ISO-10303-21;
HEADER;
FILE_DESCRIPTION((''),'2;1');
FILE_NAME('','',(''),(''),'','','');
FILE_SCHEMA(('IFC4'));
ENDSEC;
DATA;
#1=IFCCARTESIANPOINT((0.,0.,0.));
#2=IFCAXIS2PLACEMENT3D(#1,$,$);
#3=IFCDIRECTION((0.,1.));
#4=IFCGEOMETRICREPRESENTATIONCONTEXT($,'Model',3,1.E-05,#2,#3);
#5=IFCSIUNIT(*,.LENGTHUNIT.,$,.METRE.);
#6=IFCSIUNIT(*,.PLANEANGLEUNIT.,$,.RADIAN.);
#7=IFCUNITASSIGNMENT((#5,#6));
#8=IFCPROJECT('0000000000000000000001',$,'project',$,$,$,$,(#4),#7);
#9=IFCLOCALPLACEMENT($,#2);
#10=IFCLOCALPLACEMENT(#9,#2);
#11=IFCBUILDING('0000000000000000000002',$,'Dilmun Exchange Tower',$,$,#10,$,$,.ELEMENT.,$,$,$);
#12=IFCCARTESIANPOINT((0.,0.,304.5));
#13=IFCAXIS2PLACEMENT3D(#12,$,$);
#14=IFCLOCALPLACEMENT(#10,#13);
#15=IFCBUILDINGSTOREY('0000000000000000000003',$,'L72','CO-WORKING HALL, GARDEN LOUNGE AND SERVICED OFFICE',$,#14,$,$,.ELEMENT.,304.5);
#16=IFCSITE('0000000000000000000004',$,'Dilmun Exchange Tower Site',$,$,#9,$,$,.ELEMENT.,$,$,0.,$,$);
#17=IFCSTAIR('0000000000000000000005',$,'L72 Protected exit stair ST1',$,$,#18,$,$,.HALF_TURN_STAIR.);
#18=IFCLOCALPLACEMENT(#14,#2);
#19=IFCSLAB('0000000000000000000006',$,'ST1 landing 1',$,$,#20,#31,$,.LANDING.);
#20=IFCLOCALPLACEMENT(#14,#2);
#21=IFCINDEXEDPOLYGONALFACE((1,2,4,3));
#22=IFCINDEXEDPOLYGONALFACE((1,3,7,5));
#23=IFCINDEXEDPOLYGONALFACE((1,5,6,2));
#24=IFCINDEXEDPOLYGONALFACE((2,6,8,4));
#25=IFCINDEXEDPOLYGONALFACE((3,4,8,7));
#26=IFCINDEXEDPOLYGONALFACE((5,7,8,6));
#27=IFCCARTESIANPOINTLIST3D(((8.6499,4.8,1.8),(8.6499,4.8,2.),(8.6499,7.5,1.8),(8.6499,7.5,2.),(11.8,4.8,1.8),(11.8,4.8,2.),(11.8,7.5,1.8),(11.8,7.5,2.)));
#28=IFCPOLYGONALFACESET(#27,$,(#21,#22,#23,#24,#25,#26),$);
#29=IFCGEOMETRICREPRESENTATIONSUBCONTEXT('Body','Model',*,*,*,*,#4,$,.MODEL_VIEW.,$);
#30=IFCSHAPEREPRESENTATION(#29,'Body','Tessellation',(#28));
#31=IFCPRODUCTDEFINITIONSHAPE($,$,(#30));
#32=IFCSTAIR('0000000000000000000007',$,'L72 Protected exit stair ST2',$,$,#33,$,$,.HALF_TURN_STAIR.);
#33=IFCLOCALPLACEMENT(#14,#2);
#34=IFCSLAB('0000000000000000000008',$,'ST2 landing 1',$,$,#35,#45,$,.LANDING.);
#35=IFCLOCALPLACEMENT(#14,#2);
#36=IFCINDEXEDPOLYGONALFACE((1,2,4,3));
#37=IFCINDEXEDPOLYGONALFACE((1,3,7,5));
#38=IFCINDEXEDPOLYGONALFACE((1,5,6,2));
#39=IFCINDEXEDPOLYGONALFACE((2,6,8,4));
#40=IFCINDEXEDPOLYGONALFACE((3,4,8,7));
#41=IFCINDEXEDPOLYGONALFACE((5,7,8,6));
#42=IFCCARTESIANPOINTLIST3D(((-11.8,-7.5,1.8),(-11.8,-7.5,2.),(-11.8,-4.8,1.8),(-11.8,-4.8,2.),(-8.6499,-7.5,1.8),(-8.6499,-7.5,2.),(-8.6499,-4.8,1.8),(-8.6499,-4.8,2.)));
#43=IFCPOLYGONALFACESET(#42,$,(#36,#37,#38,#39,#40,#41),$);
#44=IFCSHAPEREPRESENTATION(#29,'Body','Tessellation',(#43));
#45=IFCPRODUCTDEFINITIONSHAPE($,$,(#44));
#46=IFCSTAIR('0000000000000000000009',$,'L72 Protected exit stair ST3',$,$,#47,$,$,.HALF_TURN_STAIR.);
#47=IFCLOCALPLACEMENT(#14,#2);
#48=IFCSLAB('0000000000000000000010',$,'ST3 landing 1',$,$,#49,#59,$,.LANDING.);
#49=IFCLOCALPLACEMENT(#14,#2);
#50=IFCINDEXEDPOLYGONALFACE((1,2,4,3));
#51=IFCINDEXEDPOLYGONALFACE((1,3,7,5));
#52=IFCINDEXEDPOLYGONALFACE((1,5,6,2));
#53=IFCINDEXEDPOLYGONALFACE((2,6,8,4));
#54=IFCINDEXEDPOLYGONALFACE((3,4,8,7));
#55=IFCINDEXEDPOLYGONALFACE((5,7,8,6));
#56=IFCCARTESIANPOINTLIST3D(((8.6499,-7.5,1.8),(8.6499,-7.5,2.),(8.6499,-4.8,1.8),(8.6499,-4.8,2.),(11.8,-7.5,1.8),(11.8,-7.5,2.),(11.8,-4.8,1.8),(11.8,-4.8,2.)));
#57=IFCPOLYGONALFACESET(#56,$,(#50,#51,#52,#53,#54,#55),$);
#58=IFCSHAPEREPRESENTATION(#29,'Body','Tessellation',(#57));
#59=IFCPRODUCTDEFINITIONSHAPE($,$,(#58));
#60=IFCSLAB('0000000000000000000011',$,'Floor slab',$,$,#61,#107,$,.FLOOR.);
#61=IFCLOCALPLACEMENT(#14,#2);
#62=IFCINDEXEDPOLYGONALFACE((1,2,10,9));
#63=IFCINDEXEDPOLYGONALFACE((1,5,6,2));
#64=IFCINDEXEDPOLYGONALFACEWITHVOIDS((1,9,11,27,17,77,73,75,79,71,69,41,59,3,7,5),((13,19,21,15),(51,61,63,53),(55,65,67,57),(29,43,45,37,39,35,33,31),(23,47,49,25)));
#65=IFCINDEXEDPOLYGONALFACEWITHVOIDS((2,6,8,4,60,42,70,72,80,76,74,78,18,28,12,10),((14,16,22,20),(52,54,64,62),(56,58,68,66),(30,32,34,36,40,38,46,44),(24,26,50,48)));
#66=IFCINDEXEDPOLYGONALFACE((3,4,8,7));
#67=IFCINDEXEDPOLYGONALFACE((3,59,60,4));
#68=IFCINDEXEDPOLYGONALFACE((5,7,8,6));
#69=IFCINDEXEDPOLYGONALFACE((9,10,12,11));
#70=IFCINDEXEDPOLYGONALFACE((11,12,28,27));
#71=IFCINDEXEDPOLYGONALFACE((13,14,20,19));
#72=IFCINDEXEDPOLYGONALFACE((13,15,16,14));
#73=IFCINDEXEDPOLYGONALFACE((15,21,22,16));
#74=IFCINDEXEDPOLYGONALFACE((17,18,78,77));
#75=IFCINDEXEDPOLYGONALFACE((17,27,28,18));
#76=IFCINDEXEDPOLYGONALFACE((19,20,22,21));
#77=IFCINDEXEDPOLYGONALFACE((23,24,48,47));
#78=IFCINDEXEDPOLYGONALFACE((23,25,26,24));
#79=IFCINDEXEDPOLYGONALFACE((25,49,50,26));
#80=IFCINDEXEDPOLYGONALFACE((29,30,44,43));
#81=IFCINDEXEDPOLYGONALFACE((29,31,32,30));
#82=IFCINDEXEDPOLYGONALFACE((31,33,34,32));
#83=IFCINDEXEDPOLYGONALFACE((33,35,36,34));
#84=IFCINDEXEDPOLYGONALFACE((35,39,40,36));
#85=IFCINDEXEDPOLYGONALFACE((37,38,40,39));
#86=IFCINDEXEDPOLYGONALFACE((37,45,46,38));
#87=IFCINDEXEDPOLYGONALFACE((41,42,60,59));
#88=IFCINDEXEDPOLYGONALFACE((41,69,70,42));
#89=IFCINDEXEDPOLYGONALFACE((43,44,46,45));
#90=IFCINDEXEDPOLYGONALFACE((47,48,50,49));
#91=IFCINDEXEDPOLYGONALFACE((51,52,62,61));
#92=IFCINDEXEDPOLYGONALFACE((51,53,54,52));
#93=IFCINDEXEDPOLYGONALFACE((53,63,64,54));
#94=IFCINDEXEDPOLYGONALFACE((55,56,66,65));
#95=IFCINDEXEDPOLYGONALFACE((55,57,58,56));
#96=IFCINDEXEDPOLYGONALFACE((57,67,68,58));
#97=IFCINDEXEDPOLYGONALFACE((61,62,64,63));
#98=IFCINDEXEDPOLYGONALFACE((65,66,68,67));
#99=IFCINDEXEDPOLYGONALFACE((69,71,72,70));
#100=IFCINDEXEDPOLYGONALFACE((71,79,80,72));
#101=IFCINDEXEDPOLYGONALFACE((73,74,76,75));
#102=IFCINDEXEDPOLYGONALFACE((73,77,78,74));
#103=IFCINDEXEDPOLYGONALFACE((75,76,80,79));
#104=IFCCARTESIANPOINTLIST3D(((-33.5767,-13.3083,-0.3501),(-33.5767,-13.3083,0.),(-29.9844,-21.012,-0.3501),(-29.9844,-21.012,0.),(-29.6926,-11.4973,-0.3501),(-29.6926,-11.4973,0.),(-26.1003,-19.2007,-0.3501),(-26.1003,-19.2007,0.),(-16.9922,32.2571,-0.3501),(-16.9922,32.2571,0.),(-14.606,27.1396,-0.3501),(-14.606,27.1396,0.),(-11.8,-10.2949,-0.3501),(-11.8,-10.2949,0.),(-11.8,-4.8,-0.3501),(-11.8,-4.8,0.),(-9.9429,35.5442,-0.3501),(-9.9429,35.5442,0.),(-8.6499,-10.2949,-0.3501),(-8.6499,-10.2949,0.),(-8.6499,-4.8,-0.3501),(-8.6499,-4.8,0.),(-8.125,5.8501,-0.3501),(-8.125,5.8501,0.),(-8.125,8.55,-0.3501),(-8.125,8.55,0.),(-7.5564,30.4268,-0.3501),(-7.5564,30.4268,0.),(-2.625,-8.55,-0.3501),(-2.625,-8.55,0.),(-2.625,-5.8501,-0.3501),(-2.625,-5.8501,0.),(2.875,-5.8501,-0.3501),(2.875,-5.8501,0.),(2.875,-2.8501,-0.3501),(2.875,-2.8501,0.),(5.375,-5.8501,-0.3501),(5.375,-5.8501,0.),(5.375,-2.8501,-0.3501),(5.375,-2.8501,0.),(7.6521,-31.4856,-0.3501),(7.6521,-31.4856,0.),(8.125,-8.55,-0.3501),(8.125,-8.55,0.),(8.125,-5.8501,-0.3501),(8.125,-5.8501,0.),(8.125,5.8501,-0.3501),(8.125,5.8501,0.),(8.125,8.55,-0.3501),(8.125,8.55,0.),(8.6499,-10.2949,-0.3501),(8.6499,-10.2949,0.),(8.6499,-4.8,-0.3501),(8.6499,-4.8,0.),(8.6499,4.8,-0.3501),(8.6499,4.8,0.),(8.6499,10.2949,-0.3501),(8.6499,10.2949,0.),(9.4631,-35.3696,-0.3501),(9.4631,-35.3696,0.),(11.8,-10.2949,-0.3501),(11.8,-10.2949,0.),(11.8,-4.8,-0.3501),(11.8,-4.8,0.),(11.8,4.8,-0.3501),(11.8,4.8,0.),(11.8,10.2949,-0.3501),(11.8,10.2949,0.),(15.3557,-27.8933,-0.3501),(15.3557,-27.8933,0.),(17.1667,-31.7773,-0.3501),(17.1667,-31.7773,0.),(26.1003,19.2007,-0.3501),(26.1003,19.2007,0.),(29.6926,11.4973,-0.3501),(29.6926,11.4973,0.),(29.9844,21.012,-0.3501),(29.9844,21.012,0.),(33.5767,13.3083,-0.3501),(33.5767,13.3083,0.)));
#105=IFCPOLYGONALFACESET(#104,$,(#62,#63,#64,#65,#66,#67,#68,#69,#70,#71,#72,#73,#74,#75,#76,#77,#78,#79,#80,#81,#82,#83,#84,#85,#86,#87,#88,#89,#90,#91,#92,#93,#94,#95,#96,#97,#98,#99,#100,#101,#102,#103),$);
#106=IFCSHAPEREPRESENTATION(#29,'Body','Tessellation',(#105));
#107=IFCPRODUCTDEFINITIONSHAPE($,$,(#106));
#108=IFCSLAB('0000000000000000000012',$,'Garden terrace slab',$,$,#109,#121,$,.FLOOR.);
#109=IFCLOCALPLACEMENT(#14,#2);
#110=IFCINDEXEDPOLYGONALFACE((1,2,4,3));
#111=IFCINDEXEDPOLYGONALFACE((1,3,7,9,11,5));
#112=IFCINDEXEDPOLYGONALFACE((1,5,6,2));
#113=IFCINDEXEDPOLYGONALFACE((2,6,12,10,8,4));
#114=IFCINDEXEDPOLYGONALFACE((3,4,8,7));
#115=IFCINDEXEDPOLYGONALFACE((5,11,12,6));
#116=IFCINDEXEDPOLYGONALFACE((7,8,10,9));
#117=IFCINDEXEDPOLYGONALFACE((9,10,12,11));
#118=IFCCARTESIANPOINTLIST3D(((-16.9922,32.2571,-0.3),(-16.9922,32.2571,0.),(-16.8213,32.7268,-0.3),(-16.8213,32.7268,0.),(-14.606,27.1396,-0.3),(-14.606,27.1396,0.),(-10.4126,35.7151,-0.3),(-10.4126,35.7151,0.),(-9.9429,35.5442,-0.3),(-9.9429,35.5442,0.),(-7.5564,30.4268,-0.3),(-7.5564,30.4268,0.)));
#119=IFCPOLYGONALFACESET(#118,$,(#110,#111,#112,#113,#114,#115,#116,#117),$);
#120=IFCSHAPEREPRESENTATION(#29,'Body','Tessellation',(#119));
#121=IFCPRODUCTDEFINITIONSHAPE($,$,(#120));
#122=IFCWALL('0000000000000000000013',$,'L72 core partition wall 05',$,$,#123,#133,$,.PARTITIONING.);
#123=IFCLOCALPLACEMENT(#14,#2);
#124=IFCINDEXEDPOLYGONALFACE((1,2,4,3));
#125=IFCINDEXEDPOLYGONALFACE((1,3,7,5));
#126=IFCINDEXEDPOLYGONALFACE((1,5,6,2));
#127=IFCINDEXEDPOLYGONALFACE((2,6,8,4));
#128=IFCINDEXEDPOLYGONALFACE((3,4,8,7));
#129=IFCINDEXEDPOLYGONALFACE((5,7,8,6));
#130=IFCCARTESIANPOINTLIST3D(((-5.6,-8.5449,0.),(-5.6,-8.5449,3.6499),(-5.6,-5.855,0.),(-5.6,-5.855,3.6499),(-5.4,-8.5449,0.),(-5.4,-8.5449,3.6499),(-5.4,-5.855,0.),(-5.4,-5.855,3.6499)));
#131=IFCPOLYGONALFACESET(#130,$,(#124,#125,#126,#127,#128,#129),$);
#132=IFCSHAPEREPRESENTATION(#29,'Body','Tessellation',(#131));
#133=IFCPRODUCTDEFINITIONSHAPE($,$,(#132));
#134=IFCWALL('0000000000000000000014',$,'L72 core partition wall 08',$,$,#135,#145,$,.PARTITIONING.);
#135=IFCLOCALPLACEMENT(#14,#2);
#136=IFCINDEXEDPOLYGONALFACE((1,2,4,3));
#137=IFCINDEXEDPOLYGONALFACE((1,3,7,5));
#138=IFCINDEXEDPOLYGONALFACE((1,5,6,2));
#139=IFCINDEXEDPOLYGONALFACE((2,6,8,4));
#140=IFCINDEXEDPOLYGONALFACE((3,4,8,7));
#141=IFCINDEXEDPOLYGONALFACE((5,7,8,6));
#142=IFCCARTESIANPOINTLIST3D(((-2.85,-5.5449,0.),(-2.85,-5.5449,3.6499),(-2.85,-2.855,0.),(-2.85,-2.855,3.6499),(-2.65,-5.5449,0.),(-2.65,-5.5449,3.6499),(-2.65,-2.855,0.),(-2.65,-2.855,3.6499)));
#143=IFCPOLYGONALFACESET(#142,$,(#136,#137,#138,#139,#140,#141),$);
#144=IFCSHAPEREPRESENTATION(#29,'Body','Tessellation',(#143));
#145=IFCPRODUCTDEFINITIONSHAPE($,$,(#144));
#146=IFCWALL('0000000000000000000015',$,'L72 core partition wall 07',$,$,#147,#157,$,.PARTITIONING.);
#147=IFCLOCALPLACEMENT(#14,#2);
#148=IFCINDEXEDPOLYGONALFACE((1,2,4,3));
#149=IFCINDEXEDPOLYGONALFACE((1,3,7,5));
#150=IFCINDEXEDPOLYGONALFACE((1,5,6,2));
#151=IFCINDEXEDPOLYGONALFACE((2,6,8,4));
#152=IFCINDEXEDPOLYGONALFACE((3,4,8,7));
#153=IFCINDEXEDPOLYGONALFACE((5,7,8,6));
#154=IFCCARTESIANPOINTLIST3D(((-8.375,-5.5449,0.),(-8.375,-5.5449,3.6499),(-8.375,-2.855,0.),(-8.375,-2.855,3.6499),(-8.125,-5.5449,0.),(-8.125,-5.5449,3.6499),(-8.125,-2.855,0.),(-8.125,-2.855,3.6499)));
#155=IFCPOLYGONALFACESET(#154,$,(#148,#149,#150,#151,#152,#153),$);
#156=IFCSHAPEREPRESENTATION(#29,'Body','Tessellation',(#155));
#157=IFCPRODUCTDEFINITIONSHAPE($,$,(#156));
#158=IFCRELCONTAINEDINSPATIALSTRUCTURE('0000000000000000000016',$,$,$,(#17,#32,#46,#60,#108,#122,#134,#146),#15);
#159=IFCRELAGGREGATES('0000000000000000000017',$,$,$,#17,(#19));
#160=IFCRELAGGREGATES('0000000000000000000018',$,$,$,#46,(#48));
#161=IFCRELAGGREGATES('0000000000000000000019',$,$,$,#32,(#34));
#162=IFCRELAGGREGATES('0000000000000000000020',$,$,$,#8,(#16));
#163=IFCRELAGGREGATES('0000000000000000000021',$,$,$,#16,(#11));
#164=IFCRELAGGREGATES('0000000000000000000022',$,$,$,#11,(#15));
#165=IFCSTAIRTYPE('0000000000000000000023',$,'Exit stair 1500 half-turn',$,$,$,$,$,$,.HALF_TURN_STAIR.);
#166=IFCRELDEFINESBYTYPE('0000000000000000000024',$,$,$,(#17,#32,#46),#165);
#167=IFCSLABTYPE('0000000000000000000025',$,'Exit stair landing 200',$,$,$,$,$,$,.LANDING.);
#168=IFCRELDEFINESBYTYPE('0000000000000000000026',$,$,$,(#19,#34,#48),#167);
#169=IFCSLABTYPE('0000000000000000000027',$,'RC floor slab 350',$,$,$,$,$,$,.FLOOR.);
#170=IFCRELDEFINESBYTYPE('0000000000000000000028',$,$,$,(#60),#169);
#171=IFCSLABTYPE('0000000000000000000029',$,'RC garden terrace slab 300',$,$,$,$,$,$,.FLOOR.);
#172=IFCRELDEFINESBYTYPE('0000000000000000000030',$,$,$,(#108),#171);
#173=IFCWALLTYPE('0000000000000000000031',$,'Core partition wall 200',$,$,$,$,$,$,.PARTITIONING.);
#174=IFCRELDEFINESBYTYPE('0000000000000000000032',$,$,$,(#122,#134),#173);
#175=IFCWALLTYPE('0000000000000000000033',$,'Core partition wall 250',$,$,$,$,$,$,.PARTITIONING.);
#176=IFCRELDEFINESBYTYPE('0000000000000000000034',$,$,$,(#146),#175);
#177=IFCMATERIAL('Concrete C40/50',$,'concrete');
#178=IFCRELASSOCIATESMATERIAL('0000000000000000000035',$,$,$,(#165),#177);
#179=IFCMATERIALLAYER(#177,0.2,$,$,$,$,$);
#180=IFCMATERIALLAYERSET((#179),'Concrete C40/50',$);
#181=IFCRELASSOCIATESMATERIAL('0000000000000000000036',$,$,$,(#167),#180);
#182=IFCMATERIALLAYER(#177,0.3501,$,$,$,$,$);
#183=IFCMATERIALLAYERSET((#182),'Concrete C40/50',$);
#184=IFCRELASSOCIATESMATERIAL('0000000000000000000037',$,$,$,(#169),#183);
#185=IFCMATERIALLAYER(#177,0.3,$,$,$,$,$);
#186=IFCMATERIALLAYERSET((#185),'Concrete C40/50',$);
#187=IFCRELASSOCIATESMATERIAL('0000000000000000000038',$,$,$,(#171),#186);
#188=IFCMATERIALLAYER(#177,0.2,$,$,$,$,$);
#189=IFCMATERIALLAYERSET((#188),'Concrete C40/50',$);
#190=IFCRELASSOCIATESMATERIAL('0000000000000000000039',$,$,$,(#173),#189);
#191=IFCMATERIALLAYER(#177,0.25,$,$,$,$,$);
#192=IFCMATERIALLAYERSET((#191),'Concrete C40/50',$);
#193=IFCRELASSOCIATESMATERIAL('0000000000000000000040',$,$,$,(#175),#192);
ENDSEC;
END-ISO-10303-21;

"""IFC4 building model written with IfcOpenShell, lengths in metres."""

from ifc_helpers import new_model, si_unit, direction, frame, frame_2d, origin, place, context, subcontext, project, spatial, polyline, rectangle, outline, extrude, material, layer, layer_set, type_object, element, aggregate, save


model = new_model("IFC4")

# Units and contexts
model_context = context("Model", 3, precision=1e-05, world=origin(), true_north=direction((0.0, 1.0)))
body_context = subcontext(model_context, "Body", "Model", "MODEL_VIEW")
ifc_project = project(units=[si_unit("LENGTHUNIT", "METRE"), si_unit("PLANEANGLEUNIT", "RADIAN")], contexts=[model_context])

# Site, building, storey
site_placement = place(None, origin())
site = spatial("IfcSite", under=ifc_project, at=site_placement, Name="Dilmun Exchange Tower Site", CompositionType="ELEMENT", RefElevation=0.0)
building_placement = place(site_placement, origin())
building = spatial("IfcBuilding", under=site, at=building_placement, Name="Dilmun Exchange Tower", CompositionType="ELEMENT")
storey_placement = place(building_placement, frame((0.0, 0.0, 304.5)))
storey = spatial("IfcBuildingStorey", under=building, at=storey_placement, Name="L72", Description="CO-WORKING HALL, GARDEN LOUNGE AND SERVICED OFFICE", CompositionType="ELEMENT", Elevation=304.5)

# Stairs, slabs
ifc_material_1 = material(Name="Concrete C40/50", Category="concrete")
stair_type = type_object("IfcStairType", Name="Exit stair 1500 half-turn", PredefinedType="HALF_TURN_STAIR", material=ifc_material_1)
stair_1_placement = place(storey_placement, origin())
stair_1 = element("IfcStair", 1, at=stair_1_placement, inside=storey, type_object=stair_type, Name="L72 Protected exit stair ST1", PredefinedType="HALF_TURN_STAIR")
ifc_layer_1 = layer(ifc_material_1, 0.2)
ifc_layer_set_1 = layer_set([ifc_layer_1], Name="Concrete C40/50")
slab_type_1 = type_object("IfcSlabType", Name="Exit stair landing 200", PredefinedType="LANDING", material=ifc_layer_set_1)
slab_1_placement = place(storey_placement, frame((0.0, 0.0, 1.8)))
slab_1 = element("IfcSlab", 2, at=slab_1_placement, type_object=slab_type_1, Name="ST1 landing 1", PredefinedType="LANDING", context=body_context, shape_type="SweptSolid", body=[
    extrude(outline(polyline([(8.6499, 7.5), (8.6499, 4.8), (11.8, 4.8), (11.8, 7.5), (8.6499, 7.5)])), origin(), (0.0, 0.0, 1.0), 0.2),
])
aggregate(stair_1, [slab_1])
stair_2_placement = place(storey_placement, origin())
stair_2 = element("IfcStair", 3, at=stair_2_placement, inside=storey, type_object=stair_type, Name="L72 Protected exit stair ST2", PredefinedType="HALF_TURN_STAIR")
slab_2_placement = place(storey_placement, frame((0.0, 0.0, 1.8)))
slab_2 = element("IfcSlab", 4, at=slab_2_placement, type_object=slab_type_1, Name="ST2 landing 1", PredefinedType="LANDING", context=body_context, shape_type="SweptSolid", body=[
    extrude(outline(polyline([(-8.6499, -7.5), (-8.6499, -4.8), (-11.8, -4.8), (-11.8, -7.5), (-8.6499, -7.5)])), origin(), (0.0, 0.0, 1.0), 0.2),
])
stair_3_placement = place(storey_placement, origin())
stair_3 = element("IfcStair", 5, at=stair_3_placement, inside=storey, type_object=stair_type, Name="L72 Protected exit stair ST3", PredefinedType="HALF_TURN_STAIR")
slab_3_placement = place(storey_placement, frame((0.0, 0.0, 1.8)))
slab_3 = element("IfcSlab", 6, at=slab_3_placement, type_object=slab_type_1, Name="ST3 landing 1", PredefinedType="LANDING", context=body_context, shape_type="SweptSolid", body=[
    extrude(outline(polyline([(11.8, -7.5), (11.8, -4.8), (8.6499, -4.8), (8.6499, -7.5), (11.8, -7.5)])), origin(), (0.0, 0.0, 1.0), 0.2),
])
aggregate(stair_3, [slab_3])

# Slabs
ifc_layer_2 = layer(ifc_material_1, 0.3501)
ifc_layer_set_2 = layer_set([ifc_layer_2], Name="Concrete C40/50")
slab_type_2 = type_object("IfcSlabType", Name="RC floor slab 350", PredefinedType="FLOOR", material=ifc_layer_set_2)
slab_4_placement = place(storey_placement, frame((0.0, 0.0, -0.3501)))
element("IfcSlab", 7, at=slab_4_placement, inside=storey, type_object=slab_type_2, Name="Floor slab", PredefinedType="FLOOR", context=body_context, shape_type="SweptSolid", body=[
    extrude(outline(polyline([(26.1003, 19.2007), (29.6926, 11.4973), (33.5767, 13.3083), (17.1667, -31.7773), (15.3557, -27.8933), (7.6521, -31.4856), (9.4631, -35.3696), (-29.9844, -21.012), (-26.1003, -19.2007), (-29.6926, -11.4973), (-33.5767, -13.3083), (-16.9922, 32.2571), (-14.606, 27.1396), (-7.5564, 30.4268), (-9.9429, 35.5442), (29.9844, 21.012), (26.1003, 19.2007)]), holes=[polyline([(-8.6499, -4.8), (-11.8, -4.8), (-11.8, -10.2949), (-8.6499, -10.2949), (-8.6499, -4.8)]), polyline([(11.8, -4.8), (8.6499, -4.8), (8.6499, -10.2949), (11.8, -10.2949), (11.8, -4.8)]), polyline([(2.875, -5.8501), (-2.625, -5.8501), (-2.625, -8.55), (8.125, -8.55), (8.125, -5.8501), (5.375, -5.8501), (5.375, -2.8501), (2.875, -2.8501), (2.875, -5.8501)]), polyline([(8.125, 5.8501), (8.125, 8.55), (-8.125, 8.55), (-8.125, 5.8501), (8.125, 5.8501)]), polyline([(8.6499, 10.2949), (8.6499, 4.8), (11.8, 4.8), (11.8, 10.2949), (8.6499, 10.2949)])]), origin(), (0.0, 0.0, 1.0), 0.3501),
])
ifc_layer_3 = layer(ifc_material_1, 0.3)
ifc_layer_set_3 = layer_set([ifc_layer_3], Name="Concrete C40/50")
slab_type_3 = type_object("IfcSlabType", Name="RC garden terrace slab 300", PredefinedType="FLOOR", material=ifc_layer_set_3)
slab_5_placement = place(storey_placement, frame((0.0, 0.0, -0.3)))
element("IfcSlab", 8, at=slab_5_placement, inside=storey, type_object=slab_type_3, Name="Garden terrace slab", PredefinedType="FLOOR", context=body_context, shape_type="SweptSolid", body=[
    extrude(outline(polyline([(-14.606, 27.1396), (-16.9922, 32.2571), (-16.8213, 32.7268), (-10.4126, 35.7151), (-9.9429, 35.5442), (-7.5564, 30.4268), (-14.606, 27.1396)])), origin(), (0.0, 0.0, 1.0), 0.3),
])

# Walls
ifc_layer_4 = layer(ifc_material_1, 0.2)
ifc_layer_set_4 = layer_set([ifc_layer_4], Name="Concrete C40/50")
wall_type_1 = type_object("IfcWallType", Name="Core partition wall 200", PredefinedType="PARTITIONING", material=ifc_layer_set_4)
for number, where, z_axis, x_axis, name in (
    (9, (-5.5, -8.5449, 0.0), (0.0, 0.0, 1.0), (0.0, 1.0, 0.0), "L72 core partition wall 05"),
    (10, (-2.75, -5.5449, 0.0), (0.0, 0.0, 1.0), (0.0, 1.0, 0.0), "L72 core partition wall 08"),
):
    element("IfcWall", number, at=place(storey_placement, frame(where, z_axis=z_axis, x_axis=x_axis)), inside=storey, type_object=wall_type_1, Name=name, PredefinedType="PARTITIONING", context=body_context, shape_type="SweptSolid", body=[
        extrude(rectangle(XDim=2.6899, YDim=0.2, at=frame_2d((1.345, 0.0))), origin(), (0.0, 0.0, 1.0), 3.6499),
    ])
ifc_layer_5 = layer(ifc_material_1, 0.25)
ifc_layer_set_5 = layer_set([ifc_layer_5], Name="Concrete C40/50")
wall_type_2 = type_object("IfcWallType", Name="Core partition wall 250", PredefinedType="PARTITIONING", material=ifc_layer_set_5)
wall_1_placement = place(storey_placement, frame((-8.25, -5.5449, 0.0), z_axis=(0.0, 0.0, 1.0), x_axis=(0.0, 1.0, 0.0)))
element("IfcWall", 11, at=wall_1_placement, inside=storey, type_object=wall_type_2, Name="L72 core partition wall 07", PredefinedType="PARTITIONING", context=body_context, shape_type="SweptSolid", body=[
    extrude(rectangle(XDim=2.6899, YDim=0.25, at=frame_2d((1.345, 0.0))), origin(), (0.0, 0.0, 1.0), 3.6499),
])

aggregate(stair_2, [slab_2])

save(model, "model.ifc")
